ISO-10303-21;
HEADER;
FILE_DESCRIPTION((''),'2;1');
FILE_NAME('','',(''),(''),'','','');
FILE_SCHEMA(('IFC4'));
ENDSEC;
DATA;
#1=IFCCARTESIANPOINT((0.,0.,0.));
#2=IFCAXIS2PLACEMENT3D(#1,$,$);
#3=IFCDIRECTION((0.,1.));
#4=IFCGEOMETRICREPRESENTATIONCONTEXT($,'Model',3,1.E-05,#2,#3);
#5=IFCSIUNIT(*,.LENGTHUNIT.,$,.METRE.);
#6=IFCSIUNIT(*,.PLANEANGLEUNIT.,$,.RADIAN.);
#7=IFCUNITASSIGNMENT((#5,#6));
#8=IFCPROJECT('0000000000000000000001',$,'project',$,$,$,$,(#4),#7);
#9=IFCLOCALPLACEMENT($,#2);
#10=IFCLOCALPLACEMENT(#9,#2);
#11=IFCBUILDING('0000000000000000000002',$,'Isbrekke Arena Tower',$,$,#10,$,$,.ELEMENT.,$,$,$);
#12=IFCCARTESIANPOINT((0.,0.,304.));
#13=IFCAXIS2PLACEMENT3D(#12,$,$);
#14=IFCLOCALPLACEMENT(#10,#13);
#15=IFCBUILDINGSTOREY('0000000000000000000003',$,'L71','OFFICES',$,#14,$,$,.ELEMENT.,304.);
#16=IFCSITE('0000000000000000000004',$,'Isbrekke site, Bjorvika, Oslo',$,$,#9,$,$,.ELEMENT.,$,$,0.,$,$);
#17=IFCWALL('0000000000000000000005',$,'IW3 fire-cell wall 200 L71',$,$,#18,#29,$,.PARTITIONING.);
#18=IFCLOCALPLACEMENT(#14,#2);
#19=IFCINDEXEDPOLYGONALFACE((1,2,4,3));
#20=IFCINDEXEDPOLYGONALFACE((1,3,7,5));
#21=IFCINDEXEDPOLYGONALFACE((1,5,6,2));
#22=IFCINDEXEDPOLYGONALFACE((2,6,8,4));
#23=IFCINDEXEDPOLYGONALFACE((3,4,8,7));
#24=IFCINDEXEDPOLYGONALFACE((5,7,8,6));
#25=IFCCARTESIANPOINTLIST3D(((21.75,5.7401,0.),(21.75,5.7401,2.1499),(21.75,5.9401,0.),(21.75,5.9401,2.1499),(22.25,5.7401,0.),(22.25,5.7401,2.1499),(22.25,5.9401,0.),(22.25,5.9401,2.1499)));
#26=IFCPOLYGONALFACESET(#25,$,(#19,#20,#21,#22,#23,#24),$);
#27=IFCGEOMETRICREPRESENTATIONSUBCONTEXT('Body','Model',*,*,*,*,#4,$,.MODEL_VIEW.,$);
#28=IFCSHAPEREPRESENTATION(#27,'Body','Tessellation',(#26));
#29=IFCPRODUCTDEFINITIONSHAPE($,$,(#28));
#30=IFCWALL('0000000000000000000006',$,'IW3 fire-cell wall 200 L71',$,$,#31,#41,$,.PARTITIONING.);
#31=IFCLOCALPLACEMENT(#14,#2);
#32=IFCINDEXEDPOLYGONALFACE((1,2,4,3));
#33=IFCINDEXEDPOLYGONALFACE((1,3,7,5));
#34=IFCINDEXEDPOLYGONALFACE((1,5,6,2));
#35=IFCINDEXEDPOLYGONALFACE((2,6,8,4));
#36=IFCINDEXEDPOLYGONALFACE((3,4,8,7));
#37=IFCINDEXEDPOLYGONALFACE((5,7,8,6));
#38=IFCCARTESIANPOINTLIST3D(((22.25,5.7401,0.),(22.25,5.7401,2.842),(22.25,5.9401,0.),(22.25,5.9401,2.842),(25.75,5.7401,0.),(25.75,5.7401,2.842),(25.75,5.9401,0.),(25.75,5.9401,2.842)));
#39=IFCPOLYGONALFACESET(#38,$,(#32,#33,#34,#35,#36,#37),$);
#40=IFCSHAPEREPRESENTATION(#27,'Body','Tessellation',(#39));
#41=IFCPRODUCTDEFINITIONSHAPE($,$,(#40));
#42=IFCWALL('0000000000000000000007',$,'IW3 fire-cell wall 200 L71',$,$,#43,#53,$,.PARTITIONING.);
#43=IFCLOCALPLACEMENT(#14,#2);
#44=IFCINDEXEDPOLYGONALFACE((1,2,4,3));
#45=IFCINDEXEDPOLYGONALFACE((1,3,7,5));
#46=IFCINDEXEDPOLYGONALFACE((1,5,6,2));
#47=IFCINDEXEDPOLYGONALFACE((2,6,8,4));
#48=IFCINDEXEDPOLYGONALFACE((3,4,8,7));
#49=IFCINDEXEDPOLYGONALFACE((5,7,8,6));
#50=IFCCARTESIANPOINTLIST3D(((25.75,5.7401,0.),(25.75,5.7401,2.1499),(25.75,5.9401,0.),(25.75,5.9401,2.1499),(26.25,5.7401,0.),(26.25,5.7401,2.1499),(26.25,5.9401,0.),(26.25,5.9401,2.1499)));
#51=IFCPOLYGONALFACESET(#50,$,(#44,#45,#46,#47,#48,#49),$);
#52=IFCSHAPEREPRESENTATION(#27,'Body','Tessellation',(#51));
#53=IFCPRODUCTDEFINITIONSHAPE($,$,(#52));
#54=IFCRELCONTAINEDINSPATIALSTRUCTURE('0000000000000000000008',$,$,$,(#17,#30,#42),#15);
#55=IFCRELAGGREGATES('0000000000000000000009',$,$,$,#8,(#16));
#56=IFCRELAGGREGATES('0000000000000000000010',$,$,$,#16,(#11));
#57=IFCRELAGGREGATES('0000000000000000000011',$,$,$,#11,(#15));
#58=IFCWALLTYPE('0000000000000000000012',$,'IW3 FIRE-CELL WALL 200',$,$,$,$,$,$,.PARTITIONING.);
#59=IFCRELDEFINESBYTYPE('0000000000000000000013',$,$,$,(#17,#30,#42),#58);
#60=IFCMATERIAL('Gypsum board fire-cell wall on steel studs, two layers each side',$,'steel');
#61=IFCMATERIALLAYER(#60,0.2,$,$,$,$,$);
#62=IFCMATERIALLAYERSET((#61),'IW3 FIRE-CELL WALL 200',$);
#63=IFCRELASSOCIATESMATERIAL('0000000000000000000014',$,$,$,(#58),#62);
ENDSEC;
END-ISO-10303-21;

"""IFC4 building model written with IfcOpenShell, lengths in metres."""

from ifc_helpers import new_model, si_unit, direction, frame, frame_2d, origin, place, context, subcontext, project, spatial, rectangle, extrude, material, layer, layer_set, type_object, element, save


model = new_model("IFC4")

# Units and contexts
model_context = context("Model", 3, precision=1e-05, world=origin(), true_north=direction((0.0, 1.0)))
body_context = subcontext(model_context, "Body", "Model", "MODEL_VIEW")
ifc_project = project(units=[si_unit("LENGTHUNIT", "METRE"), si_unit("PLANEANGLEUNIT", "RADIAN")], contexts=[model_context])

# Site, building, storey
site_placement = place(None, origin())
site = spatial("IfcSite", under=ifc_project, at=site_placement, Name="Isbrekke site, Bjorvika, Oslo", CompositionType="ELEMENT", RefElevation=0.0)
building_placement = place(site_placement, origin())
building = spatial("IfcBuilding", under=site, at=building_placement, Name="Isbrekke Arena Tower", CompositionType="ELEMENT")
storey_placement = place(building_placement, frame((0.0, 0.0, 304.0)))
storey = spatial("IfcBuildingStorey", under=building, at=storey_placement, Name="L71", Description="OFFICES", CompositionType="ELEMENT", Elevation=304.0)

# Walls
ifc_material_1 = material(Name="Gypsum board fire-cell wall on steel studs, two layers each side", Category="steel")
ifc_layer_1 = layer(ifc_material_1, 0.2)
ifc_layer_set_1 = layer_set([ifc_layer_1], Name="IW3 FIRE-CELL WALL 200")
wall_type_1 = type_object("IfcWallType", Name="IW3 FIRE-CELL WALL 200", PredefinedType="PARTITIONING", material=ifc_layer_set_1)
wall_1_placement = place(storey_placement, frame((21.75, 5.8401, 0.0), z_axis=(0.0, 0.0, 1.0), x_axis=(1.0, 0.0, 0.0)))
element("IfcWall", 1, at=wall_1_placement, inside=storey, type_object=wall_type_1, Name="IW3 fire-cell wall 200 L71", PredefinedType="PARTITIONING", context=body_context, shape_type="SweptSolid", body=[
    extrude(rectangle(XDim=0.5, YDim=0.2, at=frame_2d((0.25, 0.0))), origin(), (0.0, 0.0, 1.0), 2.1499),
])
wall_2_placement = place(storey_placement, frame((22.25, 5.8401, 0.0), z_axis=(0.0, 0.0, 1.0), x_axis=(1.0, 0.0, 0.0)))
element("IfcWall", 2, at=wall_2_placement, inside=storey, type_object=wall_type_1, Name="IW3 fire-cell wall 200 L71", PredefinedType="PARTITIONING", context=body_context, shape_type="SweptSolid", body=[
    extrude(rectangle(XDim=3.5, YDim=0.2, at=frame_2d((1.75, 0.0))), origin(), (0.0, 0.0, 1.0), 2.842),
])
wall_3_placement = place(storey_placement, frame((25.75, 5.8401, 0.0), z_axis=(0.0, 0.0, 1.0), x_axis=(1.0, 0.0, 0.0)))
element("IfcWall", 3, at=wall_3_placement, inside=storey, type_object=wall_type_1, Name="IW3 fire-cell wall 200 L71", PredefinedType="PARTITIONING", context=body_context, shape_type="SweptSolid", body=[
    extrude(rectangle(XDim=0.5, YDim=0.2, at=frame_2d((0.25, 0.0))), origin(), (0.0, 0.0, 1.0), 2.1499),
])

save(model, "model.ifc")
